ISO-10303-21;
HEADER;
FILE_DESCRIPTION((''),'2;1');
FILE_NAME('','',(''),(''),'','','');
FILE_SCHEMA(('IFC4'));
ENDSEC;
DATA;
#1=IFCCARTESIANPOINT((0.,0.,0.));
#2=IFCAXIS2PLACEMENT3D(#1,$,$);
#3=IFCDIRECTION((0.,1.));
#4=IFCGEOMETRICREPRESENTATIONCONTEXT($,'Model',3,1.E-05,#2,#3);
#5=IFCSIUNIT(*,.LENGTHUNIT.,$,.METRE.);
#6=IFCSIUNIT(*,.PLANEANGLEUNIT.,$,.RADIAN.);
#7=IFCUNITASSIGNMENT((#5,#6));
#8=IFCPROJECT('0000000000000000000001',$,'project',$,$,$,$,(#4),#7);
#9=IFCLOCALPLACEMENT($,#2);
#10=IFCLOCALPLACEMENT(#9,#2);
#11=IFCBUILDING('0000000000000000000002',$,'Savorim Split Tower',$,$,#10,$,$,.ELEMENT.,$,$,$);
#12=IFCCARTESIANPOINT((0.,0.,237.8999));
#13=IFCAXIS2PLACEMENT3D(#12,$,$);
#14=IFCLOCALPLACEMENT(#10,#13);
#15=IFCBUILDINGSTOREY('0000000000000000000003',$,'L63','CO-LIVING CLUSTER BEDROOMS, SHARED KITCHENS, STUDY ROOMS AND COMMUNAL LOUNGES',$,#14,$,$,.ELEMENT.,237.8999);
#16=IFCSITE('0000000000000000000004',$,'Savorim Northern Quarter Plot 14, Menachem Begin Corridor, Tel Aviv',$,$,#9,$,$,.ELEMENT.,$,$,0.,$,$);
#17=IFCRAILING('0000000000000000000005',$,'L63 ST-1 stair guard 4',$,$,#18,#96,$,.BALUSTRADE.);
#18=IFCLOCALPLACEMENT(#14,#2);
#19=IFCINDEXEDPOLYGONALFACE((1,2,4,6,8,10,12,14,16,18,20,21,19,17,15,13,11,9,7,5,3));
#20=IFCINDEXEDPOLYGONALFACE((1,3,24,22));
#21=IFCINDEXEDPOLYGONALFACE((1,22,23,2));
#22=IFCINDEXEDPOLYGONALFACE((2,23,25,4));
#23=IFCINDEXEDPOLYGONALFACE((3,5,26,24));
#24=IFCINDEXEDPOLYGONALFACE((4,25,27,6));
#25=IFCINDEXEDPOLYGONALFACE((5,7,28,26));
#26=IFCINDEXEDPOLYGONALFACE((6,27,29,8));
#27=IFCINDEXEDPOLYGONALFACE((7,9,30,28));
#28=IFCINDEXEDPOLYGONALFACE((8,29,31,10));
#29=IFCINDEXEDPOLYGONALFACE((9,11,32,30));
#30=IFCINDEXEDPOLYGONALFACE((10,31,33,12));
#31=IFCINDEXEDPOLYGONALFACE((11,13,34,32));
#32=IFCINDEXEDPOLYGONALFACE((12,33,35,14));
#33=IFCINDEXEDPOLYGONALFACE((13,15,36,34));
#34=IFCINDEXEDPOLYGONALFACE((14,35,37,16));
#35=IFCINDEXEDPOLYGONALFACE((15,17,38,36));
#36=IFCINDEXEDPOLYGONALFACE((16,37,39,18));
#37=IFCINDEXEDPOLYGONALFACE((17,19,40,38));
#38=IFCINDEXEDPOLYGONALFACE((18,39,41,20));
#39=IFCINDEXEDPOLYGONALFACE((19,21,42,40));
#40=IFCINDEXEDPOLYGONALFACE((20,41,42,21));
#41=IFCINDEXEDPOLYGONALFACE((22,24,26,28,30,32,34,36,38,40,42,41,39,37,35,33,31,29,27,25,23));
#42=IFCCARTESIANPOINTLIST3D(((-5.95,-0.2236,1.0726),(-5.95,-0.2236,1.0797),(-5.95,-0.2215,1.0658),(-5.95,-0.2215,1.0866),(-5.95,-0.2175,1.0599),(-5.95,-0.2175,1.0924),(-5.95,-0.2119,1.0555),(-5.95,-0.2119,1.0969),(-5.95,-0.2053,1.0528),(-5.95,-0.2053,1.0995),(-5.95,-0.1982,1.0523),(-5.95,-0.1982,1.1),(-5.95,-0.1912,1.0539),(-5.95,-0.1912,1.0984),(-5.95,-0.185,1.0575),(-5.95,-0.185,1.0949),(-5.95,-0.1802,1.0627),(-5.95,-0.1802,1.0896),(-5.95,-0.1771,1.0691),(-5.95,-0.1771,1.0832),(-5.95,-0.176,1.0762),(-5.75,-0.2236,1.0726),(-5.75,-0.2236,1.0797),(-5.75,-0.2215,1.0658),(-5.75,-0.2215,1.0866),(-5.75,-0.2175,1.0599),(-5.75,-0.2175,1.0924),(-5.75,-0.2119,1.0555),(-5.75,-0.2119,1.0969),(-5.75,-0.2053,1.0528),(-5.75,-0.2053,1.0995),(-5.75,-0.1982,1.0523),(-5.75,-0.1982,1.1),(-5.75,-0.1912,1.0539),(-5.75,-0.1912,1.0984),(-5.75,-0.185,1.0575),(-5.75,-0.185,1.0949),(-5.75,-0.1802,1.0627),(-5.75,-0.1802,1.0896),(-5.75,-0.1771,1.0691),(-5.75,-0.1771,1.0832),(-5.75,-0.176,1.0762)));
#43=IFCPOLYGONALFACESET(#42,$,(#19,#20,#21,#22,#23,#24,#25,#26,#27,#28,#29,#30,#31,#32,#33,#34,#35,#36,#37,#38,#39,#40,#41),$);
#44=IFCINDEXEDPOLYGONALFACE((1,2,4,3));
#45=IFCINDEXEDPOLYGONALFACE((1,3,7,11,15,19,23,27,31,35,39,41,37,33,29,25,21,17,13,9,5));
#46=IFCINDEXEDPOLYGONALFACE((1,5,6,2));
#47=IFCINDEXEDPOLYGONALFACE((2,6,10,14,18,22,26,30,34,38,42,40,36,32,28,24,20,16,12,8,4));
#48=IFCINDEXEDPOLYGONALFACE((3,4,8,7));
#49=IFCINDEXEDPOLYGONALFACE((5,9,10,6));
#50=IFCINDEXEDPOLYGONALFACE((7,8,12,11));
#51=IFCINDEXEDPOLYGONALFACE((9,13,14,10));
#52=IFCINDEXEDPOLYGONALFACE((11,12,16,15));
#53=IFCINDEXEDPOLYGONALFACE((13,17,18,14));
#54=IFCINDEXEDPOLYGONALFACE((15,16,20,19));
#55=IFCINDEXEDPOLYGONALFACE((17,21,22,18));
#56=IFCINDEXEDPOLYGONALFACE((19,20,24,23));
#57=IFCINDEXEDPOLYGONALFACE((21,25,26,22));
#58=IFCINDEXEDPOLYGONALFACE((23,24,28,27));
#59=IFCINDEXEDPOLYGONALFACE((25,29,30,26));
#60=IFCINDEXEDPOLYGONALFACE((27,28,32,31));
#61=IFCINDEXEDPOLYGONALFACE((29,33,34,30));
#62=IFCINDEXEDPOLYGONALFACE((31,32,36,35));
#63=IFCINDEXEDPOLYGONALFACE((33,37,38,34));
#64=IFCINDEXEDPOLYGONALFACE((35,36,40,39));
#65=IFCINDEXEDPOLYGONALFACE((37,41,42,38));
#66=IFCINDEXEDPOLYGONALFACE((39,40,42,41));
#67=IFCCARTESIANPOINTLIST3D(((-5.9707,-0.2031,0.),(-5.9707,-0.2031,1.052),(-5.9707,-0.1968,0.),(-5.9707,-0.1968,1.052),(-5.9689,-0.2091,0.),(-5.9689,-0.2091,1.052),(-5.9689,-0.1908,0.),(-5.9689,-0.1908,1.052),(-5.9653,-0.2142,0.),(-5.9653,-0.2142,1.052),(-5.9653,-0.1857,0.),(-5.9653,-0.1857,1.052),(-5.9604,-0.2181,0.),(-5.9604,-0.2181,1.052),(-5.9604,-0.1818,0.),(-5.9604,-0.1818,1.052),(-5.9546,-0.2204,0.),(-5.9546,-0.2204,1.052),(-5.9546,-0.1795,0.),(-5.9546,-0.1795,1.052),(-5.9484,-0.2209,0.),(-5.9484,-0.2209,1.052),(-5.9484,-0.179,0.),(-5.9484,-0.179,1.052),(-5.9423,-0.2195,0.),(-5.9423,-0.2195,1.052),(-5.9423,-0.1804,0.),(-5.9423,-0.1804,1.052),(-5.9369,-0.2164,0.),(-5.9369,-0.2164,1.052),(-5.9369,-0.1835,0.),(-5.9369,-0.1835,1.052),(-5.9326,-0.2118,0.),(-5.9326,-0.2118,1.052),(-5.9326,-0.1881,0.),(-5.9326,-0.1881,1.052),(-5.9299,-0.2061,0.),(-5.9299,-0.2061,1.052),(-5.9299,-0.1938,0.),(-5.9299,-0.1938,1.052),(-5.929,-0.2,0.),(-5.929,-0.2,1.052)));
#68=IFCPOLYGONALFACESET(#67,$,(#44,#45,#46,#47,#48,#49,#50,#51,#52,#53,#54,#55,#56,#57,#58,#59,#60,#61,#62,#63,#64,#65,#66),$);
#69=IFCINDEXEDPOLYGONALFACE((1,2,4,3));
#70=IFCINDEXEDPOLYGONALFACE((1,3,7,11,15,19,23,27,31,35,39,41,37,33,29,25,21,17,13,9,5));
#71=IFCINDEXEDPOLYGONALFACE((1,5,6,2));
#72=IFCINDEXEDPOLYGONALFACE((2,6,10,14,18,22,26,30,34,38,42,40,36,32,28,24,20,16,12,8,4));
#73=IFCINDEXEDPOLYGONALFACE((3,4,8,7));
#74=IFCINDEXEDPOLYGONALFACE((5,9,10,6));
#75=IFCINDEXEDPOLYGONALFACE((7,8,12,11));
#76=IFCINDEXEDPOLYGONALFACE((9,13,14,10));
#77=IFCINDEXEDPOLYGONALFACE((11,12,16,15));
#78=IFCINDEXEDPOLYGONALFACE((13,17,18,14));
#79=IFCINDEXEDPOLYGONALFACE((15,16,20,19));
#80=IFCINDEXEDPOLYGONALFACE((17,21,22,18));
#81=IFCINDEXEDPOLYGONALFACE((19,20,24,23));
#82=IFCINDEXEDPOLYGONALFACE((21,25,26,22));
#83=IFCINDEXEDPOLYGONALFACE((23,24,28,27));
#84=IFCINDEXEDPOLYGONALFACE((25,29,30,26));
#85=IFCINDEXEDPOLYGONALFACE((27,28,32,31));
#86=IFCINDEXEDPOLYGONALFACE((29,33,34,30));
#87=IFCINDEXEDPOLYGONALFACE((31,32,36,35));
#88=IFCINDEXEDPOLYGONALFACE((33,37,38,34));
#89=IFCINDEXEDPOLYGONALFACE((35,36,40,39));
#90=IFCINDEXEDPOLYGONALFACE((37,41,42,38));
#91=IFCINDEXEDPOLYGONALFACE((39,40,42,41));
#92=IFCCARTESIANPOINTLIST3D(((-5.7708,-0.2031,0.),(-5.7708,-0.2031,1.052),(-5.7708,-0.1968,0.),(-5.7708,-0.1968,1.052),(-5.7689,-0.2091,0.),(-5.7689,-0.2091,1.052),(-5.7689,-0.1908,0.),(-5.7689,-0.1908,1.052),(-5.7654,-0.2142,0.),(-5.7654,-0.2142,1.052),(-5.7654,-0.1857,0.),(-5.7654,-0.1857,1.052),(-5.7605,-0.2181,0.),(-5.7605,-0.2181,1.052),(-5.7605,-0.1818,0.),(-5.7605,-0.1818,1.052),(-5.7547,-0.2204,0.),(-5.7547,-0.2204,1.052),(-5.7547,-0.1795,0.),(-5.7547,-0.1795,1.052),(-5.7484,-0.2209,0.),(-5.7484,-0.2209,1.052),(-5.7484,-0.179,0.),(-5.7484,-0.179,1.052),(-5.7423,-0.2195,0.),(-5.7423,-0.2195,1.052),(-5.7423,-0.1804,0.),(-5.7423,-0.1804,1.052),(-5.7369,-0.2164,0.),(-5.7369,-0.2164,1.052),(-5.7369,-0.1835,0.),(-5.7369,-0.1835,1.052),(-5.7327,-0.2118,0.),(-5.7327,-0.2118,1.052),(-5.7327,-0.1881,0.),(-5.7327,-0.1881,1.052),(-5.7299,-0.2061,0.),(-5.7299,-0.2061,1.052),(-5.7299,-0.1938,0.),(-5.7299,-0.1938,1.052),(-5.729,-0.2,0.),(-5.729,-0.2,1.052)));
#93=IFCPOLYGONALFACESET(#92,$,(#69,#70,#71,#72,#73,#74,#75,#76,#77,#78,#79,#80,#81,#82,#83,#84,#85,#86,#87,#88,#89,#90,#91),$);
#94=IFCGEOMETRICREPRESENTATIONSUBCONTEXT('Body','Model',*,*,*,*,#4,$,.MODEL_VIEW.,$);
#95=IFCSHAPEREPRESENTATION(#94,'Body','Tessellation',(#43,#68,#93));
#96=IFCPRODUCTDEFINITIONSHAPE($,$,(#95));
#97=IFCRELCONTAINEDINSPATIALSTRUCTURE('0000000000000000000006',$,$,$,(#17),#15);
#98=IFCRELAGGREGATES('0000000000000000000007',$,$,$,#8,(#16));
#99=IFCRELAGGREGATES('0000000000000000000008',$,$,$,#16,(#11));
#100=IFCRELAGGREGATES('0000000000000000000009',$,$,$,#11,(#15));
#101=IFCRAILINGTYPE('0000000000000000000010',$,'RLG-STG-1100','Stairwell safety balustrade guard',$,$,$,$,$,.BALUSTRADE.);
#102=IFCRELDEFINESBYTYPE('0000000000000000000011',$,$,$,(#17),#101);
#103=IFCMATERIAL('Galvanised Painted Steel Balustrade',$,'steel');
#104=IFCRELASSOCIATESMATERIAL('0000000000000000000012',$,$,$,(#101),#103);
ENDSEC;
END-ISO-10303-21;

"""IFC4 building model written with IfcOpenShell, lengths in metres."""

from ifc_helpers import new_model, si_unit, direction, frame, origin, origin_2d, place, context, subcontext, project, spatial, circle, extrude, material, type_object, element, save


model = new_model("IFC4")

# Units and contexts
model_context = context("Model", 3, precision=1e-05, world=origin(), true_north=direction((0.0, 1.0)))
body_context = subcontext(model_context, "Body", "Model", "MODEL_VIEW")
ifc_project = project(units=[si_unit("LENGTHUNIT", "METRE"), si_unit("PLANEANGLEUNIT", "RADIAN")], contexts=[model_context])

# Site, building, storey
site_placement = place(None, origin())
site = spatial("IfcSite", under=ifc_project, at=site_placement, Name="Savorim Northern Quarter Plot 14, Menachem Begin Corridor, Tel Aviv", CompositionType="ELEMENT", RefElevation=0.0)
building_placement = place(site_placement, origin())
building = spatial("IfcBuilding", under=site, at=building_placement, Name="Savorim Split Tower", CompositionType="ELEMENT")
storey_placement = place(building_placement, frame((0.0, 0.0, 237.8999)))
storey = spatial("IfcBuildingStorey", under=building, at=storey_placement, Name="L63", Description="CO-LIVING CLUSTER BEDROOMS, SHARED KITCHENS, STUDY ROOMS AND COMMUNAL LOUNGES", CompositionType="ELEMENT", Elevation=237.8999)

# Railing
ifc_material_1 = material(Name="Galvanised Painted Steel Balustrade", Category="steel")
railing_type_1 = type_object("IfcRailingType", Name="RLG-STG-1100", Description="Stairwell safety balustrade guard", PredefinedType="BALUSTRADE", material=ifc_material_1)
railing_1_placement = place(storey_placement, frame((-5.95, -0.2, 0.0)))
element("IfcRailing", 1, at=railing_1_placement, inside=storey, type_object=railing_type_1, Name="L63 ST-1 stair guard 4", PredefinedType="BALUSTRADE", context=body_context, shape_type="SweptSolid", body=[
    extrude(circle(Radius=0.0239, at=origin_2d()), frame((0.0, 0.0, 1.0762), z_axis=(1.0, 0.0, 0.0), x_axis=(0.0, 1.0, 0.0)), (0.0, 0.0, 1.0), 0.2),
    extrude(circle(Radius=0.021, at=origin_2d()), origin(), (0.0, 0.0, 1.0), 1.052),
    extrude(circle(Radius=0.021, at=origin_2d()), frame((0.2, 0.0, 0.0)), (0.0, 0.0, 1.0), 1.052),
])

save(model, "model.ifc")
